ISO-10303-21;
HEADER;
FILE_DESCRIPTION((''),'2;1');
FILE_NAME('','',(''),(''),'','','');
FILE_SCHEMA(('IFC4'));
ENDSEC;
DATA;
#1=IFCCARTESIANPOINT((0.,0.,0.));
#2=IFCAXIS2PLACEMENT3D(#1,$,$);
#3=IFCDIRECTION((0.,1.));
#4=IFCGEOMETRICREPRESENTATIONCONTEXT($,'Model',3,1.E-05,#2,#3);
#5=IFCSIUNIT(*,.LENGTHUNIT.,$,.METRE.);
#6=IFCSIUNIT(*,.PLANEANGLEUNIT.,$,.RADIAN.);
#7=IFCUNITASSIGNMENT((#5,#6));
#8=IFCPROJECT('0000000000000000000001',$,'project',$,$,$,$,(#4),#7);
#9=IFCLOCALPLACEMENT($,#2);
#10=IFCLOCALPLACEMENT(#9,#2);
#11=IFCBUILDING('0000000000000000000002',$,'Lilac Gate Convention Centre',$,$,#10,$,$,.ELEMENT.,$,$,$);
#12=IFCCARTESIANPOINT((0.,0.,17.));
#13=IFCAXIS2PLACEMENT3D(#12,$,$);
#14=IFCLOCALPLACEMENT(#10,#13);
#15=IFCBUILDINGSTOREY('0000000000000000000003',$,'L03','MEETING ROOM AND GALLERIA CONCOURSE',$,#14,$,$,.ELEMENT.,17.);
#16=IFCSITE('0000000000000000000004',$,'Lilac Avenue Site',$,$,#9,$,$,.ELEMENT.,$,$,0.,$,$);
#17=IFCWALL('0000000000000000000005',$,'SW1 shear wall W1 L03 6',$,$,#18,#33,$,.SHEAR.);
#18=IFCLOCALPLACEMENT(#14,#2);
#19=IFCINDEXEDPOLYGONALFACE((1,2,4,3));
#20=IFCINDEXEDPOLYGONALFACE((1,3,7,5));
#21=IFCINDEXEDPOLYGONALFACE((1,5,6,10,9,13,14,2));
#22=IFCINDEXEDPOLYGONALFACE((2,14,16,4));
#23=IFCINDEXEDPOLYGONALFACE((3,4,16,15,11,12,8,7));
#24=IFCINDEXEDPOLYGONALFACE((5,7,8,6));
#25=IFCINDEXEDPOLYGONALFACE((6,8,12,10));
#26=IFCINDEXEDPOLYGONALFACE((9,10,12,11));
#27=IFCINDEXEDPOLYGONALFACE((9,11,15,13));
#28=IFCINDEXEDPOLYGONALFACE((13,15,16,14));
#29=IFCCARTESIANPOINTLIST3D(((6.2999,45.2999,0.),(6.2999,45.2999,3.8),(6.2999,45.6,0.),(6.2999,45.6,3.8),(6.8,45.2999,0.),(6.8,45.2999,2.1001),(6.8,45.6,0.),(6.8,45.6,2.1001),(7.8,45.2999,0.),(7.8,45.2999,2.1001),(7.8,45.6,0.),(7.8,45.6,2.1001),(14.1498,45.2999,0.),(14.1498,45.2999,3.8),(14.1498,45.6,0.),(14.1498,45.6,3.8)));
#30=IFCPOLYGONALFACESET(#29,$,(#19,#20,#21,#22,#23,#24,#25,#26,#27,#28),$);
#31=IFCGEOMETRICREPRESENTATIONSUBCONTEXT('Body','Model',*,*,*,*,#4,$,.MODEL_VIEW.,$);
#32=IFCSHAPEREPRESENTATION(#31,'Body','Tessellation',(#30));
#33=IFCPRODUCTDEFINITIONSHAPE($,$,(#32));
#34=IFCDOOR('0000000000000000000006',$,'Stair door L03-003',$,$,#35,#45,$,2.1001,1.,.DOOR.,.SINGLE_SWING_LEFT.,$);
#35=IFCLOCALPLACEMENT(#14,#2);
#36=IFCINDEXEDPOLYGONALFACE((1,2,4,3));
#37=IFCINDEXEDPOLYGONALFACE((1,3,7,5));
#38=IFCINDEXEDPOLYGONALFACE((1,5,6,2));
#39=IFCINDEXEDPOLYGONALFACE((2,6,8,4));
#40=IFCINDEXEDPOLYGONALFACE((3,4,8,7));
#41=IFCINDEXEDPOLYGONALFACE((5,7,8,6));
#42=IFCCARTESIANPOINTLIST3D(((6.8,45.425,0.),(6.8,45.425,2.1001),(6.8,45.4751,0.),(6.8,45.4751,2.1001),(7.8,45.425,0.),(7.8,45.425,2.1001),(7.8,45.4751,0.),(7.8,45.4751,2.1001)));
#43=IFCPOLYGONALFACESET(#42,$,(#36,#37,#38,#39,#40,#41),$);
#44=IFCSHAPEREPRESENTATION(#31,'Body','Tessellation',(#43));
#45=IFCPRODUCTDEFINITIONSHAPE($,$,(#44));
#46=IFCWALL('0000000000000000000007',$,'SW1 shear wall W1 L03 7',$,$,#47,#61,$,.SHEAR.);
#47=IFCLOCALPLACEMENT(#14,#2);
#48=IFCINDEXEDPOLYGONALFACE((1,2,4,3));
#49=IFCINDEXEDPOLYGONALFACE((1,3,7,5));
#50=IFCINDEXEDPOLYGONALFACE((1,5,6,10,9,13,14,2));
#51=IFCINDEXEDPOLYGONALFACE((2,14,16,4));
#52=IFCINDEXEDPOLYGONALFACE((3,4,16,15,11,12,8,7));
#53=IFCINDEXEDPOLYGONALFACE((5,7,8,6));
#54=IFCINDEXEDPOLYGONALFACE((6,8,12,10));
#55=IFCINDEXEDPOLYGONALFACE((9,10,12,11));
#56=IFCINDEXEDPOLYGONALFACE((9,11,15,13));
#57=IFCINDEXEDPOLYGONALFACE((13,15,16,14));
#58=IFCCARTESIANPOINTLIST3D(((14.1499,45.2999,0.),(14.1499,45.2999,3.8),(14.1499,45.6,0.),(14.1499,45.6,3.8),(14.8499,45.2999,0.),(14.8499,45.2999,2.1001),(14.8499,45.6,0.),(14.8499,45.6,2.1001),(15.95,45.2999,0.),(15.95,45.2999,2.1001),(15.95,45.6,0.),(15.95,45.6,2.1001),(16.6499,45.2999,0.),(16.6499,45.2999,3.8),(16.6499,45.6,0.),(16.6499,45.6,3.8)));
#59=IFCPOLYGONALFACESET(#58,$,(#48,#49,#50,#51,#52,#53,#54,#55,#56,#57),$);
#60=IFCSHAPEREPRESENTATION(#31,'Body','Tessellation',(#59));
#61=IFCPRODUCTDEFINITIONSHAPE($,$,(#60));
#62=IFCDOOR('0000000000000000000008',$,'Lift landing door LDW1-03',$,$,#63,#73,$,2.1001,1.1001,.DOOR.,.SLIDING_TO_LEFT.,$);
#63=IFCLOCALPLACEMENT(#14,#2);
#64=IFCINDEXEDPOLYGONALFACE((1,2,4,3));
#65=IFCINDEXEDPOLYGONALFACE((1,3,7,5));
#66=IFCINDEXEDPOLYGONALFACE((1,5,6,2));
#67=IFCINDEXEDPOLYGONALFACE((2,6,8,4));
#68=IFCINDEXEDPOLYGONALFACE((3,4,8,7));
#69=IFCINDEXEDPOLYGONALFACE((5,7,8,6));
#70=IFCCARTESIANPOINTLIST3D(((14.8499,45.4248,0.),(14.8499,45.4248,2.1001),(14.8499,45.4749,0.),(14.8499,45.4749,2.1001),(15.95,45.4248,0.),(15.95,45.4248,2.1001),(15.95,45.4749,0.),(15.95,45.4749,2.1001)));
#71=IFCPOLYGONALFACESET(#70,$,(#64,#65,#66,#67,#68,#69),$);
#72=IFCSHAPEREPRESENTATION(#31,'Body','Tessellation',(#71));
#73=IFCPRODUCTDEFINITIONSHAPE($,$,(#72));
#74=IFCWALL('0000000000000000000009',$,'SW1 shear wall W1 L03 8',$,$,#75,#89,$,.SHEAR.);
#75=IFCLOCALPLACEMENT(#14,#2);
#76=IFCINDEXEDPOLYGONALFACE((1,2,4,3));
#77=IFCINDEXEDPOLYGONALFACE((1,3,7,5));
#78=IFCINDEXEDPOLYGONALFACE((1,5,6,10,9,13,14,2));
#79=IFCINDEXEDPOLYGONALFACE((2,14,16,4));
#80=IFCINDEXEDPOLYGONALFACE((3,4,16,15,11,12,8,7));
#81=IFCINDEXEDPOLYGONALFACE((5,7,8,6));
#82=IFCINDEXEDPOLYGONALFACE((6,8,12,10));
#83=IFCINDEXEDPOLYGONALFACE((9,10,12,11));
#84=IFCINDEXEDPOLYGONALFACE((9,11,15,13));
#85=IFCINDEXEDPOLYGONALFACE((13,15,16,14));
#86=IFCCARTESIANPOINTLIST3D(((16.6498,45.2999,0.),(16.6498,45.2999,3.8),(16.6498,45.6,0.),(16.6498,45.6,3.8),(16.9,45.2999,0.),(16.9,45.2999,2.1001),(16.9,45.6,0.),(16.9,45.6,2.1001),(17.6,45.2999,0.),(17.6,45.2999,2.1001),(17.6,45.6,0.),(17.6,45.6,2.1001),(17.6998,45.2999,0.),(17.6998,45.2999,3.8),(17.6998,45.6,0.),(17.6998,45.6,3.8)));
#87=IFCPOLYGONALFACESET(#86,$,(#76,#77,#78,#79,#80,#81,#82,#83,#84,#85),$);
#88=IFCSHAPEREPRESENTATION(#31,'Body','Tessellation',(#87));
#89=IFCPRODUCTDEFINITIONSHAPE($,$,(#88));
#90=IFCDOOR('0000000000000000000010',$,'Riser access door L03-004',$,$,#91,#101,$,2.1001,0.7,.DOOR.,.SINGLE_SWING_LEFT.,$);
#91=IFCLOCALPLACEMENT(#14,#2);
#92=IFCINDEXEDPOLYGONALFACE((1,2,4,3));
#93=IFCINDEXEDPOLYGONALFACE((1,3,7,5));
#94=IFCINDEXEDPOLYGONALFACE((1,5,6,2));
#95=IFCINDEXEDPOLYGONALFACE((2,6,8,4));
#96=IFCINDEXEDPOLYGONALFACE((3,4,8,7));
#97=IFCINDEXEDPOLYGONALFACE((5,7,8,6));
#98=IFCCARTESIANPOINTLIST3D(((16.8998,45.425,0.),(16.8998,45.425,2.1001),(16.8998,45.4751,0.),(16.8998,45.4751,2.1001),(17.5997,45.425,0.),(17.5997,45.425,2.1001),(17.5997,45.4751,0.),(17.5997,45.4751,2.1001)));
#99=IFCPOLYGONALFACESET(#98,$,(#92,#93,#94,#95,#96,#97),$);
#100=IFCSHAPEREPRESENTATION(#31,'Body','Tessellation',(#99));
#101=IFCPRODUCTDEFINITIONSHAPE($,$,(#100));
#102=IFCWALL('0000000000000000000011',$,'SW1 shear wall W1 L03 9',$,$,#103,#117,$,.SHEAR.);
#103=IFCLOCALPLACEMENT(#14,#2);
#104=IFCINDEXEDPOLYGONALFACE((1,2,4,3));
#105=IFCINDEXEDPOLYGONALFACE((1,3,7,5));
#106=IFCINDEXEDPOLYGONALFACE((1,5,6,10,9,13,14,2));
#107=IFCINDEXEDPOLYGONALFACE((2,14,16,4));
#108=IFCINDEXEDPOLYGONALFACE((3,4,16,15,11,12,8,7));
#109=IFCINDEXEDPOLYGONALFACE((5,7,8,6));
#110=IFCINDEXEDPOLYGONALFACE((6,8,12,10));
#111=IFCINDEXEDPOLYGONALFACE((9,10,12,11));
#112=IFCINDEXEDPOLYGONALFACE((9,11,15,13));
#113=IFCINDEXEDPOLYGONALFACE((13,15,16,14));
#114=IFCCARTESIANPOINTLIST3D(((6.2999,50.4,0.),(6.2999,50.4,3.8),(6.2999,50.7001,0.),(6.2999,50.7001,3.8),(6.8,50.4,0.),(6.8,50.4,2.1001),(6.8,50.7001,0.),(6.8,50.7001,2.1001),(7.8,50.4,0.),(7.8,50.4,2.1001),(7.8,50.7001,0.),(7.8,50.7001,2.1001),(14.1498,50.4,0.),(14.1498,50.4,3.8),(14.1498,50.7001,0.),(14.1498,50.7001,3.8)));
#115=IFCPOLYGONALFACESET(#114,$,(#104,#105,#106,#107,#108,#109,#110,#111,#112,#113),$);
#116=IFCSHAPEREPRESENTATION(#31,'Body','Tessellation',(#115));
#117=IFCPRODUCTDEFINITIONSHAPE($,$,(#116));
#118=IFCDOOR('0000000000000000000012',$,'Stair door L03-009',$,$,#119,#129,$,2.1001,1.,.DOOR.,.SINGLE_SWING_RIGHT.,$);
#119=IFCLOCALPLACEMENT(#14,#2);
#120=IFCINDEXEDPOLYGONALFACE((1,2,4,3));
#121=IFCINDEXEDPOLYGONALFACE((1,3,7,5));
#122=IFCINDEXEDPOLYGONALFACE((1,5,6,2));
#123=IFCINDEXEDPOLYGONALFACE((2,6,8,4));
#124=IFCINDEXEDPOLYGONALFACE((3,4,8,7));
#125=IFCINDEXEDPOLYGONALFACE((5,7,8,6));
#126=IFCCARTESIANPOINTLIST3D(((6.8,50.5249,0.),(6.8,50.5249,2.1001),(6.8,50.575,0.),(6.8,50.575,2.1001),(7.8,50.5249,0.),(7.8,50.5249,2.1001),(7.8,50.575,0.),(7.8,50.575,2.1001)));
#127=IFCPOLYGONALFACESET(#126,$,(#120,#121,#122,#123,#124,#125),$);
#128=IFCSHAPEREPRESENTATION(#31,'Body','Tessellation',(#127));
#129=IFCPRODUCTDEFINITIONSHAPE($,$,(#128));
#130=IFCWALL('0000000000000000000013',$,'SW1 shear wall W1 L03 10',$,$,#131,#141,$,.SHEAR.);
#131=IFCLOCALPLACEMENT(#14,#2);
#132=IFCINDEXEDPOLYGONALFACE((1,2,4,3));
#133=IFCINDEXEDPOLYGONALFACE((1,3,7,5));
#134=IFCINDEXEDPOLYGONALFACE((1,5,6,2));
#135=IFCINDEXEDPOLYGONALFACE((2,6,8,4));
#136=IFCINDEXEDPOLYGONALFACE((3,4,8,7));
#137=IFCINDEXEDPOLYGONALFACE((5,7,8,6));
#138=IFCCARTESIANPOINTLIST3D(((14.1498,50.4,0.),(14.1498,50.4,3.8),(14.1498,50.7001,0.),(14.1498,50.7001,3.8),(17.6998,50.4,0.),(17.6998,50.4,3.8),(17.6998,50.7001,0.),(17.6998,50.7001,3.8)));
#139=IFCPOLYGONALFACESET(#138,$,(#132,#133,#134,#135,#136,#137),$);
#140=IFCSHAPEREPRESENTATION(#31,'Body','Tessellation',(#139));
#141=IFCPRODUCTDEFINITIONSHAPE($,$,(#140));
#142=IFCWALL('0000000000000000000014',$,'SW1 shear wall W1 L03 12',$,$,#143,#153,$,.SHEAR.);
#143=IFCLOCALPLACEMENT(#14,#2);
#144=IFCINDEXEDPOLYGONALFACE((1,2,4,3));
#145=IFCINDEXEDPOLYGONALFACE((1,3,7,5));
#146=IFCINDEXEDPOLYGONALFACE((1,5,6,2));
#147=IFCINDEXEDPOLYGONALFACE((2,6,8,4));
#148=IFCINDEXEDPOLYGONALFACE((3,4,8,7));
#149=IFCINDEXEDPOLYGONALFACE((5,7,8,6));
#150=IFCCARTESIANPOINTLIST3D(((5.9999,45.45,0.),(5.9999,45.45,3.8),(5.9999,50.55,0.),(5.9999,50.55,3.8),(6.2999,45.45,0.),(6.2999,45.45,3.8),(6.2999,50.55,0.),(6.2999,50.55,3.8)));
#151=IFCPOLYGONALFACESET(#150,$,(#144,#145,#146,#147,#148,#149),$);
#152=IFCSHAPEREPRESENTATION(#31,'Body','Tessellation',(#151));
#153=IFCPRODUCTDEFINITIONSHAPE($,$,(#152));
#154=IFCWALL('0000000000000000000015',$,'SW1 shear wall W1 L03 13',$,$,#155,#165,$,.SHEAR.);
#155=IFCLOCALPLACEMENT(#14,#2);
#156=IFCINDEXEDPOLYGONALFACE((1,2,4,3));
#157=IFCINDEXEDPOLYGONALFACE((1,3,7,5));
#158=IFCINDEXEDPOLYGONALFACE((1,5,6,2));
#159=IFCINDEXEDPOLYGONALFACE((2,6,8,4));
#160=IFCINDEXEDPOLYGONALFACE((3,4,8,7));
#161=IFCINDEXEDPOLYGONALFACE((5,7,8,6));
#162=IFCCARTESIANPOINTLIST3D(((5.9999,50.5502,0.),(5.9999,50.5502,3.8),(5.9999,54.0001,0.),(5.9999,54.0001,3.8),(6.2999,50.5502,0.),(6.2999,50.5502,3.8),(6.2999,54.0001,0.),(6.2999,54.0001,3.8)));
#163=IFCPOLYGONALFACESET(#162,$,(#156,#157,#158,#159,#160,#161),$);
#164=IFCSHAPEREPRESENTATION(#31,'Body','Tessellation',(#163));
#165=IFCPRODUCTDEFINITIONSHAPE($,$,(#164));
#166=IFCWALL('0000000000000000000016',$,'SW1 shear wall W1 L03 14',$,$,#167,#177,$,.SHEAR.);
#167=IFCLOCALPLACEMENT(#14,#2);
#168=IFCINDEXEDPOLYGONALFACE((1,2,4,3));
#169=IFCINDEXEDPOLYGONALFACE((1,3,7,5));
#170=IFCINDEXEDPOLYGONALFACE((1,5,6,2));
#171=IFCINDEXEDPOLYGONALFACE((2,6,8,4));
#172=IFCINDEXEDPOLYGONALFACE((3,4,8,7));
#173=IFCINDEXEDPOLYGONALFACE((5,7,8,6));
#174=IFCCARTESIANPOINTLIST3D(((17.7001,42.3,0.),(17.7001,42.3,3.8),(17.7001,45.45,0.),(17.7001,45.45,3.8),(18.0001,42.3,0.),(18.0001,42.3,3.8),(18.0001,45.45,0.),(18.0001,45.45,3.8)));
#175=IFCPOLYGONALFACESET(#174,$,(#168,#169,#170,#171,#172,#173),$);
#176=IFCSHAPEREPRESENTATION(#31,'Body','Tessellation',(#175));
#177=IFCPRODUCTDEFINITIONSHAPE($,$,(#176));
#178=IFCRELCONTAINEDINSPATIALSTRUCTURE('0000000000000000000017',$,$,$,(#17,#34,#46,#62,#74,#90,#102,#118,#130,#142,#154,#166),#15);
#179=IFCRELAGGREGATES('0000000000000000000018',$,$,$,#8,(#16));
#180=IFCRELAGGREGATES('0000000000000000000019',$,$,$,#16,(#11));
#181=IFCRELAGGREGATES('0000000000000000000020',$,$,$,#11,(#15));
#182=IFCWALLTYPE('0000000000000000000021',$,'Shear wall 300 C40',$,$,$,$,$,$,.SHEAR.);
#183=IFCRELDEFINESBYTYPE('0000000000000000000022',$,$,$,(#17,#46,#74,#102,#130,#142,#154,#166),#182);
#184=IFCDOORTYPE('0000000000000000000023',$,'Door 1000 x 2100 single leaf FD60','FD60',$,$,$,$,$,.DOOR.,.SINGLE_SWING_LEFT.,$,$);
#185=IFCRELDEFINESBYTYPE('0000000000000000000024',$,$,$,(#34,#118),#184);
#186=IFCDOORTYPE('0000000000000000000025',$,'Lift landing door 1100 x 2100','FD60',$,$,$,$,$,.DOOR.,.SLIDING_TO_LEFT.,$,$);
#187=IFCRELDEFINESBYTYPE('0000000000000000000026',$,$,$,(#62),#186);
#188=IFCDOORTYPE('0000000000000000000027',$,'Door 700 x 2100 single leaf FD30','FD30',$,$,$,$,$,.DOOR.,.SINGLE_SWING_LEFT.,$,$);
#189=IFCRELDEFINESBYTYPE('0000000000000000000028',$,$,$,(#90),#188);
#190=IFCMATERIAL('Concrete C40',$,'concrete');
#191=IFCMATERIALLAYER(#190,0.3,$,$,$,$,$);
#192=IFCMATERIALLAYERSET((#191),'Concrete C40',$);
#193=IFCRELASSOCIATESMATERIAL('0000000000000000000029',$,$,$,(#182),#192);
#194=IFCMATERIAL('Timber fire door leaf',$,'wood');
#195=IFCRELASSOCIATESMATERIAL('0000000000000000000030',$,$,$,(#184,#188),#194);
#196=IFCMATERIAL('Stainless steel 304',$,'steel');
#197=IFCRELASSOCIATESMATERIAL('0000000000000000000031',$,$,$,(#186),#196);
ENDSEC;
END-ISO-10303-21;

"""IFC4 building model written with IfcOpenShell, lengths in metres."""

from ifc_helpers import new_model, si_unit, direction, frame, frame_2d, origin, place, context, subcontext, project, spatial, rectangle, extrude, material, layer, layer_set, type_object, element, fill, save


model = new_model("IFC4")

# Units and contexts
model_context = context("Model", 3, precision=1e-05, world=origin(), true_north=direction((0.0, 1.0)))
body_context = subcontext(model_context, "Body", "Model", "MODEL_VIEW")
ifc_project = project(units=[si_unit("LENGTHUNIT", "METRE"), si_unit("PLANEANGLEUNIT", "RADIAN")], contexts=[model_context])

# Site, building, storey
site_placement = place(None, origin())
site = spatial("IfcSite", under=ifc_project, at=site_placement, Name="Lilac Avenue Site", CompositionType="ELEMENT", RefElevation=0.0)
building_placement = place(site_placement, origin())
building = spatial("IfcBuilding", under=site, at=building_placement, Name="Lilac Gate Convention Centre", CompositionType="ELEMENT")
storey_placement = place(building_placement, frame((0.0, 0.0, 17.0)))
storey = spatial("IfcBuildingStorey", under=building, at=storey_placement, Name="L03", Description="MEETING ROOM AND GALLERIA CONCOURSE", CompositionType="ELEMENT", Elevation=17.0)

# Shared definitions
ifc_material_1 = material(Name="Concrete C40", Category="concrete")

# Shared definitions
ifc_material_2 = material(Name="Timber fire door leaf", Category="wood")

# Shared definitions
ifc_layer_1 = layer(ifc_material_1, 0.3)
ifc_layer_set_1 = layer_set([ifc_layer_1], Name="Concrete C40")
wall_type_1 = type_object("IfcWallType", Name="Shear wall 300 C40", PredefinedType="SHEAR", material=ifc_layer_set_1)

# Walls, openings, doors
wall_1_placement = place(storey_placement, frame((6.3, 45.45, 0.0), z_axis=(0.0, 0.0, 1.0), x_axis=(1.0, 0.0, 0.0)))
wall_1 = element("IfcWall", 1, at=wall_1_placement, inside=storey, type_object=wall_type_1, Name="SW1 shear wall W1 L03 6", PredefinedType="SHEAR", context=body_context, shape_type="SweptSolid", body=[
    extrude(rectangle(XDim=7.8499, YDim=0.3, at=frame_2d((3.9248, 0.0))), origin(), (0.0, 0.0, 1.0), 3.8),
])
opening_1_placement = place(wall_1_placement, frame((0.5, 0.0, 0.0)))
opening_1 = element("IfcOpeningElement", 2, at=opening_1_placement, cuts=wall_1, PredefinedType="OPENING", context=body_context, shape_type="SweptSolid", body=[
    extrude(rectangle(XDim=1.0, YDim=2.1001, at=frame_2d((0.5, 1.05))), frame((0.0, 0.1599, 0.0), z_axis=(0.0, -1.0, 0.0), x_axis=(1.0, 0.0, 0.0)), (0.0, 0.0, 1.0), 0.3201),
])
door_type_1 = type_object("IfcDoorType", Name="Door 1000 x 2100 single leaf FD60", Description="FD60", OperationType="SINGLE_SWING_LEFT", PredefinedType="DOOR", material=ifc_material_2)
door_1_placement = place(opening_1_placement, frame((1.0, 0.0, 0.0), z_axis=(0.0, 0.0, 1.0), x_axis=(-1.0, 0.0, 0.0)))
door_1 = element("IfcDoor", 3, at=door_1_placement, inside=storey, type_object=door_type_1, Name="Stair door L03-003", OperationType="SINGLE_SWING_LEFT", OverallHeight=2.1001, OverallWidth=1.0, PredefinedType="DOOR", context=body_context, shape_type="SweptSolid", body=[
    extrude(rectangle(XDim=1.0, YDim=2.1001, at=frame_2d((0.5, 1.05))), frame((0.0, 0.0249, 0.0), z_axis=(0.0, -1.0, 0.0), x_axis=(1.0, 0.0, 0.0)), (0.0, 0.0, 1.0), 0.05),
])
fill(opening_1, door_1)
wall_2_placement = place(storey_placement, frame((14.1499, 45.45, 0.0), z_axis=(0.0, 0.0, 1.0), x_axis=(1.0, 0.0, 0.0)))
wall_2 = element("IfcWall", 4, at=wall_2_placement, inside=storey, type_object=wall_type_1, Name="SW1 shear wall W1 L03 7", PredefinedType="SHEAR", context=body_context, shape_type="SweptSolid", body=[
    extrude(rectangle(XDim=2.5, YDim=0.3, at=frame_2d((1.25, 0.0))), origin(), (0.0, 0.0, 1.0), 3.8),
])
opening_2_placement = place(wall_2_placement, frame((0.7, 0.0, 0.0)))
opening_2 = element("IfcOpeningElement", 5, at=opening_2_placement, cuts=wall_2, PredefinedType="OPENING", context=body_context, shape_type="SweptSolid", body=[
    extrude(rectangle(XDim=1.1001, YDim=2.1001, at=frame_2d((0.55, 1.05))), frame((0.0, 0.1599, 0.0), z_axis=(0.0, -1.0, 0.0), x_axis=(1.0, 0.0, 0.0)), (0.0, 0.0, 1.0), 0.3201),
])
ifc_material_3 = material(Name="Stainless steel 304", Category="steel")
door_type_2 = type_object("IfcDoorType", Name="Lift landing door 1100 x 2100", Description="FD60", OperationType="SLIDING_TO_LEFT", PredefinedType="DOOR", material=ifc_material_3)
door_2_placement = place(opening_2_placement, origin())
door_2 = element("IfcDoor", 6, at=door_2_placement, inside=storey, type_object=door_type_2, Name="Lift landing door LDW1-03", OperationType="SLIDING_TO_LEFT", OverallHeight=2.1001, OverallWidth=1.1001, PredefinedType="DOOR", context=body_context, shape_type="SweptSolid", body=[
    extrude(rectangle(XDim=1.1001, YDim=2.1001, at=frame_2d((0.55, 1.05))), frame((0.0, 0.0249, 0.0), z_axis=(0.0, -1.0, 0.0), x_axis=(1.0, 0.0, 0.0)), (0.0, 0.0, 1.0), 0.05),
])
fill(opening_2, door_2)
wall_3_placement = place(storey_placement, frame((16.6499, 45.45, 0.0), z_axis=(0.0, 0.0, 1.0), x_axis=(1.0, 0.0, 0.0)))
wall_3 = element("IfcWall", 7, at=wall_3_placement, inside=storey, type_object=wall_type_1, Name="SW1 shear wall W1 L03 8", PredefinedType="SHEAR", context=body_context, shape_type="SweptSolid", body=[
    extrude(rectangle(XDim=1.05, YDim=0.3, at=frame_2d((0.5249, 0.0))), origin(), (0.0, 0.0, 1.0), 3.8),
])
opening_3_placement = place(wall_3_placement, frame((0.25, 0.0, 0.0)))
opening_3 = element("IfcOpeningElement", 8, at=opening_3_placement, cuts=wall_3, PredefinedType="OPENING", context=body_context, shape_type="SweptSolid", body=[
    extrude(rectangle(XDim=0.7, YDim=2.1001, at=frame_2d((0.3501, 1.05))), frame((0.0, 0.1599, 0.0), z_axis=(0.0, -1.0, 0.0), x_axis=(1.0, 0.0, 0.0)), (0.0, 0.0, 1.0), 0.3201),
])
door_type_3 = type_object("IfcDoorType", Name="Door 700 x 2100 single leaf FD30", Description="FD30", OperationType="SINGLE_SWING_LEFT", PredefinedType="DOOR", material=ifc_material_2)
door_3_placement = place(opening_3_placement, frame((0.7, 0.0, 0.0), z_axis=(0.0, 0.0, 1.0), x_axis=(-1.0, 0.0, 0.0)))
door_3 = element("IfcDoor", 9, at=door_3_placement, inside=storey, type_object=door_type_3, Name="Riser access door L03-004", OperationType="SINGLE_SWING_LEFT", OverallHeight=2.1001, OverallWidth=0.7, PredefinedType="DOOR", context=body_context, shape_type="SweptSolid", body=[
    extrude(rectangle(XDim=0.7, YDim=2.1001, at=frame_2d((0.3501, 1.05))), frame((0.0, 0.0249, 0.0), z_axis=(0.0, -1.0, 0.0), x_axis=(1.0, 0.0, 0.0)), (0.0, 0.0, 1.0), 0.05),
])
fill(opening_3, door_3)
wall_4_placement = place(storey_placement, frame((6.3, 50.55, 0.0), z_axis=(0.0, 0.0, 1.0), x_axis=(1.0, 0.0, 0.0)))
wall_4 = element("IfcWall", 10, at=wall_4_placement, inside=storey, type_object=wall_type_1, Name="SW1 shear wall W1 L03 9", PredefinedType="SHEAR", context=body_context, shape_type="SweptSolid", body=[
    extrude(rectangle(XDim=7.8499, YDim=0.3, at=frame_2d((3.9248, 0.0))), origin(), (0.0, 0.0, 1.0), 3.8),
])
opening_4_placement = place(wall_4_placement, frame((0.5, 0.0, 0.0)))
opening_4 = element("IfcOpeningElement", 11, at=opening_4_placement, cuts=wall_4, PredefinedType="OPENING", context=body_context, shape_type="SweptSolid", body=[
    extrude(rectangle(XDim=1.0, YDim=2.1001, at=frame_2d((0.5, 1.05))), frame((0.0, 0.1599, 0.0), z_axis=(0.0, -1.0, 0.0), x_axis=(1.0, 0.0, 0.0)), (0.0, 0.0, 1.0), 0.3201),
])
door_4_placement = place(opening_4_placement, origin())
door_4 = element("IfcDoor", 12, at=door_4_placement, inside=storey, type_object=door_type_1, Name="Stair door L03-009", OperationType="SINGLE_SWING_RIGHT", OverallHeight=2.1001, OverallWidth=1.0, PredefinedType="DOOR", context=body_context, shape_type="SweptSolid", body=[
    extrude(rectangle(XDim=1.0, YDim=2.1001, at=frame_2d((0.5, 1.05))), frame((0.0, 0.0249, 0.0), z_axis=(0.0, -1.0, 0.0), x_axis=(1.0, 0.0, 0.0)), (0.0, 0.0, 1.0), 0.05),
])
fill(opening_4, door_4)

# Walls
wall_5_placement = place(storey_placement, frame((14.1499, 50.55, 0.0), z_axis=(0.0, 0.0, 1.0), x_axis=(1.0, 0.0, 0.0)))
element("IfcWall", 13, at=wall_5_placement, inside=storey, type_object=wall_type_1, Name="SW1 shear wall W1 L03 10", PredefinedType="SHEAR", context=body_context, shape_type="SweptSolid", body=[
    extrude(rectangle(XDim=3.55, YDim=0.3, at=frame_2d((1.7749, 0.0))), origin(), (0.0, 0.0, 1.0), 3.8),
])
wall_6_placement = place(storey_placement, frame((6.1499, 45.45, 0.0), z_axis=(0.0, 0.0, 1.0), x_axis=(0.0, 1.0, 0.0)))
element("IfcWall", 14, at=wall_6_placement, inside=storey, type_object=wall_type_1, Name="SW1 shear wall W1 L03 12", PredefinedType="SHEAR", context=body_context, shape_type="SweptSolid", body=[
    extrude(rectangle(XDim=5.1001, YDim=0.3, at=frame_2d((2.55, 0.0))), origin(), (0.0, 0.0, 1.0), 3.8),
])
wall_7_placement = place(storey_placement, frame((6.1499, 50.55, 0.0), z_axis=(0.0, 0.0, 1.0), x_axis=(0.0, 1.0, 0.0)))
element("IfcWall", 15, at=wall_7_placement, inside=storey, type_object=wall_type_1, Name="SW1 shear wall W1 L03 13", PredefinedType="SHEAR", context=body_context, shape_type="SweptSolid", body=[
    extrude(rectangle(XDim=3.45, YDim=0.3, at=frame_2d((1.7251, 0.0))), origin(), (0.0, 0.0, 1.0), 3.8),
])
wall_8_placement = place(storey_placement, frame((17.8501, 42.3, 0.0), z_axis=(0.0, 0.0, 1.0), x_axis=(0.0, 1.0, 0.0)))
element("IfcWall", 16, at=wall_8_placement, inside=storey, type_object=wall_type_1, Name="SW1 shear wall W1 L03 14", PredefinedType="SHEAR", context=body_context, shape_type="SweptSolid", body=[
    extrude(rectangle(XDim=3.1499, YDim=0.3, at=frame_2d((1.575, 0.0))), origin(), (0.0, 0.0, 1.0), 3.8),
])

save(model, "model.ifc")
